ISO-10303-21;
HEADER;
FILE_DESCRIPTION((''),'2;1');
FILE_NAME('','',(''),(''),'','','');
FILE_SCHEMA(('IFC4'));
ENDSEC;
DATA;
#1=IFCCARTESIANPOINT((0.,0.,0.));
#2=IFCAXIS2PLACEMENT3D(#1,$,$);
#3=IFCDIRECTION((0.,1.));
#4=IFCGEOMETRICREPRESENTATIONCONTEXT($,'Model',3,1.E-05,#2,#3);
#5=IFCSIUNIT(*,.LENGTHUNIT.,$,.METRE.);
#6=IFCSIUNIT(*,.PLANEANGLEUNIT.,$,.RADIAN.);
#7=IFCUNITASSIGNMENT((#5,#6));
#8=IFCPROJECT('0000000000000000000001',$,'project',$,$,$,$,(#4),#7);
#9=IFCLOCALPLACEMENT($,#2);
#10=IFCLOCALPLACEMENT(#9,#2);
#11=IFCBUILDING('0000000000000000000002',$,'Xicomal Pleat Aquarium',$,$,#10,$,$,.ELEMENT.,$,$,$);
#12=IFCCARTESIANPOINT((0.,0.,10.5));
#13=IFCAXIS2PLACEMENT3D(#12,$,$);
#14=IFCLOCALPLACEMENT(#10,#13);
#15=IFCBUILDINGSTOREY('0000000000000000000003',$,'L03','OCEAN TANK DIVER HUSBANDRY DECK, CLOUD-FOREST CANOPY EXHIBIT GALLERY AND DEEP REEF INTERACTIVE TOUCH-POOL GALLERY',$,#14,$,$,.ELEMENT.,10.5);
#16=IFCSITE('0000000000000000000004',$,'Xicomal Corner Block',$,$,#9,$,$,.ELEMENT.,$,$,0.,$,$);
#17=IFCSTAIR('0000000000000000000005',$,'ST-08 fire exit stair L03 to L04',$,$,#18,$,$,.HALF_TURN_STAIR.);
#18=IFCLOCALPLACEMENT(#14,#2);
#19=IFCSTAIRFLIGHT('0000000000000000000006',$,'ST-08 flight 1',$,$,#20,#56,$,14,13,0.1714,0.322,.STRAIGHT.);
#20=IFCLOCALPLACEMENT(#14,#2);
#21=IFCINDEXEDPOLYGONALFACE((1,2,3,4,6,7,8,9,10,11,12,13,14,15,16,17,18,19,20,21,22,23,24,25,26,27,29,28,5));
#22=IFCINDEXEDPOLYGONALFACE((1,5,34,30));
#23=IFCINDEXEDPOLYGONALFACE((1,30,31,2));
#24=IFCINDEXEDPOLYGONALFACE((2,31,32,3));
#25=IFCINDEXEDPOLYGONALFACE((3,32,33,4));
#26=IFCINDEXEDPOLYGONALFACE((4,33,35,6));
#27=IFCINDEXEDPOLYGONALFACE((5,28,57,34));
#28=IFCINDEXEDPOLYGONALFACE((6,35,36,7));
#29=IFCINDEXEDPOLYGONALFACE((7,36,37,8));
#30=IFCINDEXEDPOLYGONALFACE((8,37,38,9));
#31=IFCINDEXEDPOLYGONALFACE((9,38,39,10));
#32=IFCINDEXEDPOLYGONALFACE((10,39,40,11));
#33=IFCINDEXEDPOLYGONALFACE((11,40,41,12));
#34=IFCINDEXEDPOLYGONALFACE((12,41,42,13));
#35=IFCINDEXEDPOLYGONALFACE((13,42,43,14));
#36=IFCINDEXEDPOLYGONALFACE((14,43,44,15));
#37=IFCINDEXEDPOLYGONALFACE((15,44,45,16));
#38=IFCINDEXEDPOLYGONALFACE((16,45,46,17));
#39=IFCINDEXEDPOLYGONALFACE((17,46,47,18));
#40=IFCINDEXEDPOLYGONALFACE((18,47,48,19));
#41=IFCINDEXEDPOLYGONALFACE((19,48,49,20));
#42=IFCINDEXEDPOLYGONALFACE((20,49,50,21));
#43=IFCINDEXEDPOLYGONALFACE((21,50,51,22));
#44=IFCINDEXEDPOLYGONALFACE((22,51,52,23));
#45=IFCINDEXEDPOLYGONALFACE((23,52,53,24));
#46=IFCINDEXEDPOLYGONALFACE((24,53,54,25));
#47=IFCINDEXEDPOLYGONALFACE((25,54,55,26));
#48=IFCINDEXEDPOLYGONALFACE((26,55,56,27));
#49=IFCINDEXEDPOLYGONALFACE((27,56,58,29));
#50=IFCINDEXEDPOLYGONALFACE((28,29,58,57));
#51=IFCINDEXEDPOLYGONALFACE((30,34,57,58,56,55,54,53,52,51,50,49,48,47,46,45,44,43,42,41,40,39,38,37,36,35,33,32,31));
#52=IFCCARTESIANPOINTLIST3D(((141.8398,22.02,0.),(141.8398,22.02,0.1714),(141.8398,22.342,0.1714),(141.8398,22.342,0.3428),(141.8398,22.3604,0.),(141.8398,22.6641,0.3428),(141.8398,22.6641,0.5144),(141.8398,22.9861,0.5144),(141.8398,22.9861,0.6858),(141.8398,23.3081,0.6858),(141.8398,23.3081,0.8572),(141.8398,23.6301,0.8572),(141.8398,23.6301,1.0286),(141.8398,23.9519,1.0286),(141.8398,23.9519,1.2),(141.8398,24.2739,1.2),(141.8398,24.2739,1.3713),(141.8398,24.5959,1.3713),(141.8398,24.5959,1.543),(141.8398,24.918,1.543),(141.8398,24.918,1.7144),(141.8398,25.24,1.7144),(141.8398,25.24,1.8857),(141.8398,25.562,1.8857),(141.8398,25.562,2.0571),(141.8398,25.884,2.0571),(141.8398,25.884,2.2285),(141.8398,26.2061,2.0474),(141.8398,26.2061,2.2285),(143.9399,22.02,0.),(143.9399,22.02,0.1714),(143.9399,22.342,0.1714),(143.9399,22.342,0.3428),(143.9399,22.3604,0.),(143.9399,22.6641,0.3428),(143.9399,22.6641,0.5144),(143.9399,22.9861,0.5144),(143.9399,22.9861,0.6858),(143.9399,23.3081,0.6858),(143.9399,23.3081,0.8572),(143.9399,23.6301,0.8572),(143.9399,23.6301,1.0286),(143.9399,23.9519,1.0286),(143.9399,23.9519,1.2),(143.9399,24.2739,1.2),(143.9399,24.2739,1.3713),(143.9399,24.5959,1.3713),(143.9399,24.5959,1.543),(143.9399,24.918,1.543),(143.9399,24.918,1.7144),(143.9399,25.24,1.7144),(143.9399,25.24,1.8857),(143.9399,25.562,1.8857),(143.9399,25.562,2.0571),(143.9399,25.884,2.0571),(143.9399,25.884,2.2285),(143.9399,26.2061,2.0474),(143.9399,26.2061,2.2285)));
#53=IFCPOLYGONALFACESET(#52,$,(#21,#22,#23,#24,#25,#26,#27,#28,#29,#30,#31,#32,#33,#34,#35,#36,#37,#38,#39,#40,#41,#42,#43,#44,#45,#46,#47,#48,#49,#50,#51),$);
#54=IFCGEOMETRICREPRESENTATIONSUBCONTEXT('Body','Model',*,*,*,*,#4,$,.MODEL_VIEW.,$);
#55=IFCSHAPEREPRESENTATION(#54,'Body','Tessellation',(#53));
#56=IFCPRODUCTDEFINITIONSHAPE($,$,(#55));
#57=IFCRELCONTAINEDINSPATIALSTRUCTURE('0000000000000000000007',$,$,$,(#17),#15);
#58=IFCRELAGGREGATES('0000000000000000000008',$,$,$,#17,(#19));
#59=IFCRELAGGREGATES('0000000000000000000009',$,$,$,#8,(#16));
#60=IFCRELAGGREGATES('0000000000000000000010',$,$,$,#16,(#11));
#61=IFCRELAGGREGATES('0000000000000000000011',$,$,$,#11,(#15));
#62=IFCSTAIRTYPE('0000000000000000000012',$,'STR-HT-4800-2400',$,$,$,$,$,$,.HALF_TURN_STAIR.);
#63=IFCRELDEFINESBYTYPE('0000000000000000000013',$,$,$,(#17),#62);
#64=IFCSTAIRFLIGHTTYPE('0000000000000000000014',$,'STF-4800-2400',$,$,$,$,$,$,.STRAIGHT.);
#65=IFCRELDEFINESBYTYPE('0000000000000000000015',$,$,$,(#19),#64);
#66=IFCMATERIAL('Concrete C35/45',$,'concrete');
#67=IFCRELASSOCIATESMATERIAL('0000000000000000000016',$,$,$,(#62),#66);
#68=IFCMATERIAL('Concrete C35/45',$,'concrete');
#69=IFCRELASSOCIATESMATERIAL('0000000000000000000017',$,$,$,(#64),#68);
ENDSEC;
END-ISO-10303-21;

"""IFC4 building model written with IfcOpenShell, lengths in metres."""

from ifc_helpers import new_model, si_unit, direction, frame, origin, place, context, subcontext, project, spatial, polyline, outline, extrude, material, type_object, element, aggregate, save


model = new_model("IFC4")

# Units and contexts
model_context = context("Model", 3, precision=1e-05, world=origin(), true_north=direction((0.0, 1.0)))
body_context = subcontext(model_context, "Body", "Model", "MODEL_VIEW")
ifc_project = project(units=[si_unit("LENGTHUNIT", "METRE"), si_unit("PLANEANGLEUNIT", "RADIAN")], contexts=[model_context])

# Site, building, storey
site_placement = place(None, origin())
site = spatial("IfcSite", under=ifc_project, at=site_placement, Name="Xicomal Corner Block", CompositionType="ELEMENT", RefElevation=0.0)
building_placement = place(site_placement, origin())
building = spatial("IfcBuilding", under=site, at=building_placement, Name="Xicomal Pleat Aquarium", CompositionType="ELEMENT")
storey_placement = place(building_placement, frame((0.0, 0.0, 10.5)))
storey = spatial("IfcBuildingStorey", under=building, at=storey_placement, Name="L03", Description="OCEAN TANK DIVER HUSBANDRY DECK, CLOUD-FOREST CANOPY EXHIBIT GALLERY AND DEEP REEF INTERACTIVE TOUCH-POOL GALLERY", CompositionType="ELEMENT", Elevation=10.5)

# Stair, stair flight
ifc_material_1 = material(Name="Concrete C35/45", Category="concrete")
stair_type = type_object("IfcStairType", Name="STR-HT-4800-2400", PredefinedType="HALF_TURN_STAIR", material=ifc_material_1)
stair_placement = place(storey_placement, origin())
stair = element("IfcStair", 1, at=stair_placement, inside=storey, type_object=stair_type, Name="ST-08 fire exit stair L03 to L04", PredefinedType="HALF_TURN_STAIR")
ifc_material_2 = material(Name="Concrete C35/45", Category="concrete")
stair_flight_type = type_object("IfcStairFlightType", Name="STF-4800-2400", PredefinedType="STRAIGHT", material=ifc_material_2)
stair_flight_placement = place(storey_placement, frame((142.8899, 22.02, 0.0), z_axis=(0.0, 0.0, 1.0), x_axis=(0.0, 1.0, 0.0)))
stair_flight = element("IfcStairFlight", 2, at=stair_flight_placement, type_object=stair_flight_type, Name="ST-08 flight 1", NumberOfRisers=14, NumberOfTreads=13, PredefinedType="STRAIGHT", RiserHeight=0.1714, TreadLength=0.322, context=body_context, shape_type="SweptSolid", body=[
    extrude(outline(polyline([(0.0, 0.0), (0.0, 0.1714), (0.322, 0.1714), (0.322, 0.3428), (0.644, 0.3428), (0.644, 0.5144), (0.9661, 0.5144), (0.9661, 0.6858), (1.2881, 0.6858), (1.2881, 0.8572), (1.6101, 0.8572), (1.6101, 1.0286), (1.9319, 1.0286), (1.9319, 1.2), (2.2539, 1.2), (2.2539, 1.3713), (2.5759, 1.3713), (2.5759, 1.543), (2.8979, 1.543), (2.8979, 1.7144), (3.22, 1.7144), (3.22, 1.8857), (3.542, 1.8857), (3.542, 2.0571), (3.864, 2.0571), (3.864, 2.2285), (4.186, 2.2285), (4.186, 2.3999), (4.186, 2.0474), (0.3403, 0.0), (0.0, 0.0)])), frame((0.0, 1.05, 0.0), z_axis=(0.0, -1.0, 0.0), x_axis=(1.0, 0.0, 0.0)), (0.0, 0.0, 1.0), 2.1001),
])
aggregate(stair, [stair_flight])

save(model, "model.ifc")
